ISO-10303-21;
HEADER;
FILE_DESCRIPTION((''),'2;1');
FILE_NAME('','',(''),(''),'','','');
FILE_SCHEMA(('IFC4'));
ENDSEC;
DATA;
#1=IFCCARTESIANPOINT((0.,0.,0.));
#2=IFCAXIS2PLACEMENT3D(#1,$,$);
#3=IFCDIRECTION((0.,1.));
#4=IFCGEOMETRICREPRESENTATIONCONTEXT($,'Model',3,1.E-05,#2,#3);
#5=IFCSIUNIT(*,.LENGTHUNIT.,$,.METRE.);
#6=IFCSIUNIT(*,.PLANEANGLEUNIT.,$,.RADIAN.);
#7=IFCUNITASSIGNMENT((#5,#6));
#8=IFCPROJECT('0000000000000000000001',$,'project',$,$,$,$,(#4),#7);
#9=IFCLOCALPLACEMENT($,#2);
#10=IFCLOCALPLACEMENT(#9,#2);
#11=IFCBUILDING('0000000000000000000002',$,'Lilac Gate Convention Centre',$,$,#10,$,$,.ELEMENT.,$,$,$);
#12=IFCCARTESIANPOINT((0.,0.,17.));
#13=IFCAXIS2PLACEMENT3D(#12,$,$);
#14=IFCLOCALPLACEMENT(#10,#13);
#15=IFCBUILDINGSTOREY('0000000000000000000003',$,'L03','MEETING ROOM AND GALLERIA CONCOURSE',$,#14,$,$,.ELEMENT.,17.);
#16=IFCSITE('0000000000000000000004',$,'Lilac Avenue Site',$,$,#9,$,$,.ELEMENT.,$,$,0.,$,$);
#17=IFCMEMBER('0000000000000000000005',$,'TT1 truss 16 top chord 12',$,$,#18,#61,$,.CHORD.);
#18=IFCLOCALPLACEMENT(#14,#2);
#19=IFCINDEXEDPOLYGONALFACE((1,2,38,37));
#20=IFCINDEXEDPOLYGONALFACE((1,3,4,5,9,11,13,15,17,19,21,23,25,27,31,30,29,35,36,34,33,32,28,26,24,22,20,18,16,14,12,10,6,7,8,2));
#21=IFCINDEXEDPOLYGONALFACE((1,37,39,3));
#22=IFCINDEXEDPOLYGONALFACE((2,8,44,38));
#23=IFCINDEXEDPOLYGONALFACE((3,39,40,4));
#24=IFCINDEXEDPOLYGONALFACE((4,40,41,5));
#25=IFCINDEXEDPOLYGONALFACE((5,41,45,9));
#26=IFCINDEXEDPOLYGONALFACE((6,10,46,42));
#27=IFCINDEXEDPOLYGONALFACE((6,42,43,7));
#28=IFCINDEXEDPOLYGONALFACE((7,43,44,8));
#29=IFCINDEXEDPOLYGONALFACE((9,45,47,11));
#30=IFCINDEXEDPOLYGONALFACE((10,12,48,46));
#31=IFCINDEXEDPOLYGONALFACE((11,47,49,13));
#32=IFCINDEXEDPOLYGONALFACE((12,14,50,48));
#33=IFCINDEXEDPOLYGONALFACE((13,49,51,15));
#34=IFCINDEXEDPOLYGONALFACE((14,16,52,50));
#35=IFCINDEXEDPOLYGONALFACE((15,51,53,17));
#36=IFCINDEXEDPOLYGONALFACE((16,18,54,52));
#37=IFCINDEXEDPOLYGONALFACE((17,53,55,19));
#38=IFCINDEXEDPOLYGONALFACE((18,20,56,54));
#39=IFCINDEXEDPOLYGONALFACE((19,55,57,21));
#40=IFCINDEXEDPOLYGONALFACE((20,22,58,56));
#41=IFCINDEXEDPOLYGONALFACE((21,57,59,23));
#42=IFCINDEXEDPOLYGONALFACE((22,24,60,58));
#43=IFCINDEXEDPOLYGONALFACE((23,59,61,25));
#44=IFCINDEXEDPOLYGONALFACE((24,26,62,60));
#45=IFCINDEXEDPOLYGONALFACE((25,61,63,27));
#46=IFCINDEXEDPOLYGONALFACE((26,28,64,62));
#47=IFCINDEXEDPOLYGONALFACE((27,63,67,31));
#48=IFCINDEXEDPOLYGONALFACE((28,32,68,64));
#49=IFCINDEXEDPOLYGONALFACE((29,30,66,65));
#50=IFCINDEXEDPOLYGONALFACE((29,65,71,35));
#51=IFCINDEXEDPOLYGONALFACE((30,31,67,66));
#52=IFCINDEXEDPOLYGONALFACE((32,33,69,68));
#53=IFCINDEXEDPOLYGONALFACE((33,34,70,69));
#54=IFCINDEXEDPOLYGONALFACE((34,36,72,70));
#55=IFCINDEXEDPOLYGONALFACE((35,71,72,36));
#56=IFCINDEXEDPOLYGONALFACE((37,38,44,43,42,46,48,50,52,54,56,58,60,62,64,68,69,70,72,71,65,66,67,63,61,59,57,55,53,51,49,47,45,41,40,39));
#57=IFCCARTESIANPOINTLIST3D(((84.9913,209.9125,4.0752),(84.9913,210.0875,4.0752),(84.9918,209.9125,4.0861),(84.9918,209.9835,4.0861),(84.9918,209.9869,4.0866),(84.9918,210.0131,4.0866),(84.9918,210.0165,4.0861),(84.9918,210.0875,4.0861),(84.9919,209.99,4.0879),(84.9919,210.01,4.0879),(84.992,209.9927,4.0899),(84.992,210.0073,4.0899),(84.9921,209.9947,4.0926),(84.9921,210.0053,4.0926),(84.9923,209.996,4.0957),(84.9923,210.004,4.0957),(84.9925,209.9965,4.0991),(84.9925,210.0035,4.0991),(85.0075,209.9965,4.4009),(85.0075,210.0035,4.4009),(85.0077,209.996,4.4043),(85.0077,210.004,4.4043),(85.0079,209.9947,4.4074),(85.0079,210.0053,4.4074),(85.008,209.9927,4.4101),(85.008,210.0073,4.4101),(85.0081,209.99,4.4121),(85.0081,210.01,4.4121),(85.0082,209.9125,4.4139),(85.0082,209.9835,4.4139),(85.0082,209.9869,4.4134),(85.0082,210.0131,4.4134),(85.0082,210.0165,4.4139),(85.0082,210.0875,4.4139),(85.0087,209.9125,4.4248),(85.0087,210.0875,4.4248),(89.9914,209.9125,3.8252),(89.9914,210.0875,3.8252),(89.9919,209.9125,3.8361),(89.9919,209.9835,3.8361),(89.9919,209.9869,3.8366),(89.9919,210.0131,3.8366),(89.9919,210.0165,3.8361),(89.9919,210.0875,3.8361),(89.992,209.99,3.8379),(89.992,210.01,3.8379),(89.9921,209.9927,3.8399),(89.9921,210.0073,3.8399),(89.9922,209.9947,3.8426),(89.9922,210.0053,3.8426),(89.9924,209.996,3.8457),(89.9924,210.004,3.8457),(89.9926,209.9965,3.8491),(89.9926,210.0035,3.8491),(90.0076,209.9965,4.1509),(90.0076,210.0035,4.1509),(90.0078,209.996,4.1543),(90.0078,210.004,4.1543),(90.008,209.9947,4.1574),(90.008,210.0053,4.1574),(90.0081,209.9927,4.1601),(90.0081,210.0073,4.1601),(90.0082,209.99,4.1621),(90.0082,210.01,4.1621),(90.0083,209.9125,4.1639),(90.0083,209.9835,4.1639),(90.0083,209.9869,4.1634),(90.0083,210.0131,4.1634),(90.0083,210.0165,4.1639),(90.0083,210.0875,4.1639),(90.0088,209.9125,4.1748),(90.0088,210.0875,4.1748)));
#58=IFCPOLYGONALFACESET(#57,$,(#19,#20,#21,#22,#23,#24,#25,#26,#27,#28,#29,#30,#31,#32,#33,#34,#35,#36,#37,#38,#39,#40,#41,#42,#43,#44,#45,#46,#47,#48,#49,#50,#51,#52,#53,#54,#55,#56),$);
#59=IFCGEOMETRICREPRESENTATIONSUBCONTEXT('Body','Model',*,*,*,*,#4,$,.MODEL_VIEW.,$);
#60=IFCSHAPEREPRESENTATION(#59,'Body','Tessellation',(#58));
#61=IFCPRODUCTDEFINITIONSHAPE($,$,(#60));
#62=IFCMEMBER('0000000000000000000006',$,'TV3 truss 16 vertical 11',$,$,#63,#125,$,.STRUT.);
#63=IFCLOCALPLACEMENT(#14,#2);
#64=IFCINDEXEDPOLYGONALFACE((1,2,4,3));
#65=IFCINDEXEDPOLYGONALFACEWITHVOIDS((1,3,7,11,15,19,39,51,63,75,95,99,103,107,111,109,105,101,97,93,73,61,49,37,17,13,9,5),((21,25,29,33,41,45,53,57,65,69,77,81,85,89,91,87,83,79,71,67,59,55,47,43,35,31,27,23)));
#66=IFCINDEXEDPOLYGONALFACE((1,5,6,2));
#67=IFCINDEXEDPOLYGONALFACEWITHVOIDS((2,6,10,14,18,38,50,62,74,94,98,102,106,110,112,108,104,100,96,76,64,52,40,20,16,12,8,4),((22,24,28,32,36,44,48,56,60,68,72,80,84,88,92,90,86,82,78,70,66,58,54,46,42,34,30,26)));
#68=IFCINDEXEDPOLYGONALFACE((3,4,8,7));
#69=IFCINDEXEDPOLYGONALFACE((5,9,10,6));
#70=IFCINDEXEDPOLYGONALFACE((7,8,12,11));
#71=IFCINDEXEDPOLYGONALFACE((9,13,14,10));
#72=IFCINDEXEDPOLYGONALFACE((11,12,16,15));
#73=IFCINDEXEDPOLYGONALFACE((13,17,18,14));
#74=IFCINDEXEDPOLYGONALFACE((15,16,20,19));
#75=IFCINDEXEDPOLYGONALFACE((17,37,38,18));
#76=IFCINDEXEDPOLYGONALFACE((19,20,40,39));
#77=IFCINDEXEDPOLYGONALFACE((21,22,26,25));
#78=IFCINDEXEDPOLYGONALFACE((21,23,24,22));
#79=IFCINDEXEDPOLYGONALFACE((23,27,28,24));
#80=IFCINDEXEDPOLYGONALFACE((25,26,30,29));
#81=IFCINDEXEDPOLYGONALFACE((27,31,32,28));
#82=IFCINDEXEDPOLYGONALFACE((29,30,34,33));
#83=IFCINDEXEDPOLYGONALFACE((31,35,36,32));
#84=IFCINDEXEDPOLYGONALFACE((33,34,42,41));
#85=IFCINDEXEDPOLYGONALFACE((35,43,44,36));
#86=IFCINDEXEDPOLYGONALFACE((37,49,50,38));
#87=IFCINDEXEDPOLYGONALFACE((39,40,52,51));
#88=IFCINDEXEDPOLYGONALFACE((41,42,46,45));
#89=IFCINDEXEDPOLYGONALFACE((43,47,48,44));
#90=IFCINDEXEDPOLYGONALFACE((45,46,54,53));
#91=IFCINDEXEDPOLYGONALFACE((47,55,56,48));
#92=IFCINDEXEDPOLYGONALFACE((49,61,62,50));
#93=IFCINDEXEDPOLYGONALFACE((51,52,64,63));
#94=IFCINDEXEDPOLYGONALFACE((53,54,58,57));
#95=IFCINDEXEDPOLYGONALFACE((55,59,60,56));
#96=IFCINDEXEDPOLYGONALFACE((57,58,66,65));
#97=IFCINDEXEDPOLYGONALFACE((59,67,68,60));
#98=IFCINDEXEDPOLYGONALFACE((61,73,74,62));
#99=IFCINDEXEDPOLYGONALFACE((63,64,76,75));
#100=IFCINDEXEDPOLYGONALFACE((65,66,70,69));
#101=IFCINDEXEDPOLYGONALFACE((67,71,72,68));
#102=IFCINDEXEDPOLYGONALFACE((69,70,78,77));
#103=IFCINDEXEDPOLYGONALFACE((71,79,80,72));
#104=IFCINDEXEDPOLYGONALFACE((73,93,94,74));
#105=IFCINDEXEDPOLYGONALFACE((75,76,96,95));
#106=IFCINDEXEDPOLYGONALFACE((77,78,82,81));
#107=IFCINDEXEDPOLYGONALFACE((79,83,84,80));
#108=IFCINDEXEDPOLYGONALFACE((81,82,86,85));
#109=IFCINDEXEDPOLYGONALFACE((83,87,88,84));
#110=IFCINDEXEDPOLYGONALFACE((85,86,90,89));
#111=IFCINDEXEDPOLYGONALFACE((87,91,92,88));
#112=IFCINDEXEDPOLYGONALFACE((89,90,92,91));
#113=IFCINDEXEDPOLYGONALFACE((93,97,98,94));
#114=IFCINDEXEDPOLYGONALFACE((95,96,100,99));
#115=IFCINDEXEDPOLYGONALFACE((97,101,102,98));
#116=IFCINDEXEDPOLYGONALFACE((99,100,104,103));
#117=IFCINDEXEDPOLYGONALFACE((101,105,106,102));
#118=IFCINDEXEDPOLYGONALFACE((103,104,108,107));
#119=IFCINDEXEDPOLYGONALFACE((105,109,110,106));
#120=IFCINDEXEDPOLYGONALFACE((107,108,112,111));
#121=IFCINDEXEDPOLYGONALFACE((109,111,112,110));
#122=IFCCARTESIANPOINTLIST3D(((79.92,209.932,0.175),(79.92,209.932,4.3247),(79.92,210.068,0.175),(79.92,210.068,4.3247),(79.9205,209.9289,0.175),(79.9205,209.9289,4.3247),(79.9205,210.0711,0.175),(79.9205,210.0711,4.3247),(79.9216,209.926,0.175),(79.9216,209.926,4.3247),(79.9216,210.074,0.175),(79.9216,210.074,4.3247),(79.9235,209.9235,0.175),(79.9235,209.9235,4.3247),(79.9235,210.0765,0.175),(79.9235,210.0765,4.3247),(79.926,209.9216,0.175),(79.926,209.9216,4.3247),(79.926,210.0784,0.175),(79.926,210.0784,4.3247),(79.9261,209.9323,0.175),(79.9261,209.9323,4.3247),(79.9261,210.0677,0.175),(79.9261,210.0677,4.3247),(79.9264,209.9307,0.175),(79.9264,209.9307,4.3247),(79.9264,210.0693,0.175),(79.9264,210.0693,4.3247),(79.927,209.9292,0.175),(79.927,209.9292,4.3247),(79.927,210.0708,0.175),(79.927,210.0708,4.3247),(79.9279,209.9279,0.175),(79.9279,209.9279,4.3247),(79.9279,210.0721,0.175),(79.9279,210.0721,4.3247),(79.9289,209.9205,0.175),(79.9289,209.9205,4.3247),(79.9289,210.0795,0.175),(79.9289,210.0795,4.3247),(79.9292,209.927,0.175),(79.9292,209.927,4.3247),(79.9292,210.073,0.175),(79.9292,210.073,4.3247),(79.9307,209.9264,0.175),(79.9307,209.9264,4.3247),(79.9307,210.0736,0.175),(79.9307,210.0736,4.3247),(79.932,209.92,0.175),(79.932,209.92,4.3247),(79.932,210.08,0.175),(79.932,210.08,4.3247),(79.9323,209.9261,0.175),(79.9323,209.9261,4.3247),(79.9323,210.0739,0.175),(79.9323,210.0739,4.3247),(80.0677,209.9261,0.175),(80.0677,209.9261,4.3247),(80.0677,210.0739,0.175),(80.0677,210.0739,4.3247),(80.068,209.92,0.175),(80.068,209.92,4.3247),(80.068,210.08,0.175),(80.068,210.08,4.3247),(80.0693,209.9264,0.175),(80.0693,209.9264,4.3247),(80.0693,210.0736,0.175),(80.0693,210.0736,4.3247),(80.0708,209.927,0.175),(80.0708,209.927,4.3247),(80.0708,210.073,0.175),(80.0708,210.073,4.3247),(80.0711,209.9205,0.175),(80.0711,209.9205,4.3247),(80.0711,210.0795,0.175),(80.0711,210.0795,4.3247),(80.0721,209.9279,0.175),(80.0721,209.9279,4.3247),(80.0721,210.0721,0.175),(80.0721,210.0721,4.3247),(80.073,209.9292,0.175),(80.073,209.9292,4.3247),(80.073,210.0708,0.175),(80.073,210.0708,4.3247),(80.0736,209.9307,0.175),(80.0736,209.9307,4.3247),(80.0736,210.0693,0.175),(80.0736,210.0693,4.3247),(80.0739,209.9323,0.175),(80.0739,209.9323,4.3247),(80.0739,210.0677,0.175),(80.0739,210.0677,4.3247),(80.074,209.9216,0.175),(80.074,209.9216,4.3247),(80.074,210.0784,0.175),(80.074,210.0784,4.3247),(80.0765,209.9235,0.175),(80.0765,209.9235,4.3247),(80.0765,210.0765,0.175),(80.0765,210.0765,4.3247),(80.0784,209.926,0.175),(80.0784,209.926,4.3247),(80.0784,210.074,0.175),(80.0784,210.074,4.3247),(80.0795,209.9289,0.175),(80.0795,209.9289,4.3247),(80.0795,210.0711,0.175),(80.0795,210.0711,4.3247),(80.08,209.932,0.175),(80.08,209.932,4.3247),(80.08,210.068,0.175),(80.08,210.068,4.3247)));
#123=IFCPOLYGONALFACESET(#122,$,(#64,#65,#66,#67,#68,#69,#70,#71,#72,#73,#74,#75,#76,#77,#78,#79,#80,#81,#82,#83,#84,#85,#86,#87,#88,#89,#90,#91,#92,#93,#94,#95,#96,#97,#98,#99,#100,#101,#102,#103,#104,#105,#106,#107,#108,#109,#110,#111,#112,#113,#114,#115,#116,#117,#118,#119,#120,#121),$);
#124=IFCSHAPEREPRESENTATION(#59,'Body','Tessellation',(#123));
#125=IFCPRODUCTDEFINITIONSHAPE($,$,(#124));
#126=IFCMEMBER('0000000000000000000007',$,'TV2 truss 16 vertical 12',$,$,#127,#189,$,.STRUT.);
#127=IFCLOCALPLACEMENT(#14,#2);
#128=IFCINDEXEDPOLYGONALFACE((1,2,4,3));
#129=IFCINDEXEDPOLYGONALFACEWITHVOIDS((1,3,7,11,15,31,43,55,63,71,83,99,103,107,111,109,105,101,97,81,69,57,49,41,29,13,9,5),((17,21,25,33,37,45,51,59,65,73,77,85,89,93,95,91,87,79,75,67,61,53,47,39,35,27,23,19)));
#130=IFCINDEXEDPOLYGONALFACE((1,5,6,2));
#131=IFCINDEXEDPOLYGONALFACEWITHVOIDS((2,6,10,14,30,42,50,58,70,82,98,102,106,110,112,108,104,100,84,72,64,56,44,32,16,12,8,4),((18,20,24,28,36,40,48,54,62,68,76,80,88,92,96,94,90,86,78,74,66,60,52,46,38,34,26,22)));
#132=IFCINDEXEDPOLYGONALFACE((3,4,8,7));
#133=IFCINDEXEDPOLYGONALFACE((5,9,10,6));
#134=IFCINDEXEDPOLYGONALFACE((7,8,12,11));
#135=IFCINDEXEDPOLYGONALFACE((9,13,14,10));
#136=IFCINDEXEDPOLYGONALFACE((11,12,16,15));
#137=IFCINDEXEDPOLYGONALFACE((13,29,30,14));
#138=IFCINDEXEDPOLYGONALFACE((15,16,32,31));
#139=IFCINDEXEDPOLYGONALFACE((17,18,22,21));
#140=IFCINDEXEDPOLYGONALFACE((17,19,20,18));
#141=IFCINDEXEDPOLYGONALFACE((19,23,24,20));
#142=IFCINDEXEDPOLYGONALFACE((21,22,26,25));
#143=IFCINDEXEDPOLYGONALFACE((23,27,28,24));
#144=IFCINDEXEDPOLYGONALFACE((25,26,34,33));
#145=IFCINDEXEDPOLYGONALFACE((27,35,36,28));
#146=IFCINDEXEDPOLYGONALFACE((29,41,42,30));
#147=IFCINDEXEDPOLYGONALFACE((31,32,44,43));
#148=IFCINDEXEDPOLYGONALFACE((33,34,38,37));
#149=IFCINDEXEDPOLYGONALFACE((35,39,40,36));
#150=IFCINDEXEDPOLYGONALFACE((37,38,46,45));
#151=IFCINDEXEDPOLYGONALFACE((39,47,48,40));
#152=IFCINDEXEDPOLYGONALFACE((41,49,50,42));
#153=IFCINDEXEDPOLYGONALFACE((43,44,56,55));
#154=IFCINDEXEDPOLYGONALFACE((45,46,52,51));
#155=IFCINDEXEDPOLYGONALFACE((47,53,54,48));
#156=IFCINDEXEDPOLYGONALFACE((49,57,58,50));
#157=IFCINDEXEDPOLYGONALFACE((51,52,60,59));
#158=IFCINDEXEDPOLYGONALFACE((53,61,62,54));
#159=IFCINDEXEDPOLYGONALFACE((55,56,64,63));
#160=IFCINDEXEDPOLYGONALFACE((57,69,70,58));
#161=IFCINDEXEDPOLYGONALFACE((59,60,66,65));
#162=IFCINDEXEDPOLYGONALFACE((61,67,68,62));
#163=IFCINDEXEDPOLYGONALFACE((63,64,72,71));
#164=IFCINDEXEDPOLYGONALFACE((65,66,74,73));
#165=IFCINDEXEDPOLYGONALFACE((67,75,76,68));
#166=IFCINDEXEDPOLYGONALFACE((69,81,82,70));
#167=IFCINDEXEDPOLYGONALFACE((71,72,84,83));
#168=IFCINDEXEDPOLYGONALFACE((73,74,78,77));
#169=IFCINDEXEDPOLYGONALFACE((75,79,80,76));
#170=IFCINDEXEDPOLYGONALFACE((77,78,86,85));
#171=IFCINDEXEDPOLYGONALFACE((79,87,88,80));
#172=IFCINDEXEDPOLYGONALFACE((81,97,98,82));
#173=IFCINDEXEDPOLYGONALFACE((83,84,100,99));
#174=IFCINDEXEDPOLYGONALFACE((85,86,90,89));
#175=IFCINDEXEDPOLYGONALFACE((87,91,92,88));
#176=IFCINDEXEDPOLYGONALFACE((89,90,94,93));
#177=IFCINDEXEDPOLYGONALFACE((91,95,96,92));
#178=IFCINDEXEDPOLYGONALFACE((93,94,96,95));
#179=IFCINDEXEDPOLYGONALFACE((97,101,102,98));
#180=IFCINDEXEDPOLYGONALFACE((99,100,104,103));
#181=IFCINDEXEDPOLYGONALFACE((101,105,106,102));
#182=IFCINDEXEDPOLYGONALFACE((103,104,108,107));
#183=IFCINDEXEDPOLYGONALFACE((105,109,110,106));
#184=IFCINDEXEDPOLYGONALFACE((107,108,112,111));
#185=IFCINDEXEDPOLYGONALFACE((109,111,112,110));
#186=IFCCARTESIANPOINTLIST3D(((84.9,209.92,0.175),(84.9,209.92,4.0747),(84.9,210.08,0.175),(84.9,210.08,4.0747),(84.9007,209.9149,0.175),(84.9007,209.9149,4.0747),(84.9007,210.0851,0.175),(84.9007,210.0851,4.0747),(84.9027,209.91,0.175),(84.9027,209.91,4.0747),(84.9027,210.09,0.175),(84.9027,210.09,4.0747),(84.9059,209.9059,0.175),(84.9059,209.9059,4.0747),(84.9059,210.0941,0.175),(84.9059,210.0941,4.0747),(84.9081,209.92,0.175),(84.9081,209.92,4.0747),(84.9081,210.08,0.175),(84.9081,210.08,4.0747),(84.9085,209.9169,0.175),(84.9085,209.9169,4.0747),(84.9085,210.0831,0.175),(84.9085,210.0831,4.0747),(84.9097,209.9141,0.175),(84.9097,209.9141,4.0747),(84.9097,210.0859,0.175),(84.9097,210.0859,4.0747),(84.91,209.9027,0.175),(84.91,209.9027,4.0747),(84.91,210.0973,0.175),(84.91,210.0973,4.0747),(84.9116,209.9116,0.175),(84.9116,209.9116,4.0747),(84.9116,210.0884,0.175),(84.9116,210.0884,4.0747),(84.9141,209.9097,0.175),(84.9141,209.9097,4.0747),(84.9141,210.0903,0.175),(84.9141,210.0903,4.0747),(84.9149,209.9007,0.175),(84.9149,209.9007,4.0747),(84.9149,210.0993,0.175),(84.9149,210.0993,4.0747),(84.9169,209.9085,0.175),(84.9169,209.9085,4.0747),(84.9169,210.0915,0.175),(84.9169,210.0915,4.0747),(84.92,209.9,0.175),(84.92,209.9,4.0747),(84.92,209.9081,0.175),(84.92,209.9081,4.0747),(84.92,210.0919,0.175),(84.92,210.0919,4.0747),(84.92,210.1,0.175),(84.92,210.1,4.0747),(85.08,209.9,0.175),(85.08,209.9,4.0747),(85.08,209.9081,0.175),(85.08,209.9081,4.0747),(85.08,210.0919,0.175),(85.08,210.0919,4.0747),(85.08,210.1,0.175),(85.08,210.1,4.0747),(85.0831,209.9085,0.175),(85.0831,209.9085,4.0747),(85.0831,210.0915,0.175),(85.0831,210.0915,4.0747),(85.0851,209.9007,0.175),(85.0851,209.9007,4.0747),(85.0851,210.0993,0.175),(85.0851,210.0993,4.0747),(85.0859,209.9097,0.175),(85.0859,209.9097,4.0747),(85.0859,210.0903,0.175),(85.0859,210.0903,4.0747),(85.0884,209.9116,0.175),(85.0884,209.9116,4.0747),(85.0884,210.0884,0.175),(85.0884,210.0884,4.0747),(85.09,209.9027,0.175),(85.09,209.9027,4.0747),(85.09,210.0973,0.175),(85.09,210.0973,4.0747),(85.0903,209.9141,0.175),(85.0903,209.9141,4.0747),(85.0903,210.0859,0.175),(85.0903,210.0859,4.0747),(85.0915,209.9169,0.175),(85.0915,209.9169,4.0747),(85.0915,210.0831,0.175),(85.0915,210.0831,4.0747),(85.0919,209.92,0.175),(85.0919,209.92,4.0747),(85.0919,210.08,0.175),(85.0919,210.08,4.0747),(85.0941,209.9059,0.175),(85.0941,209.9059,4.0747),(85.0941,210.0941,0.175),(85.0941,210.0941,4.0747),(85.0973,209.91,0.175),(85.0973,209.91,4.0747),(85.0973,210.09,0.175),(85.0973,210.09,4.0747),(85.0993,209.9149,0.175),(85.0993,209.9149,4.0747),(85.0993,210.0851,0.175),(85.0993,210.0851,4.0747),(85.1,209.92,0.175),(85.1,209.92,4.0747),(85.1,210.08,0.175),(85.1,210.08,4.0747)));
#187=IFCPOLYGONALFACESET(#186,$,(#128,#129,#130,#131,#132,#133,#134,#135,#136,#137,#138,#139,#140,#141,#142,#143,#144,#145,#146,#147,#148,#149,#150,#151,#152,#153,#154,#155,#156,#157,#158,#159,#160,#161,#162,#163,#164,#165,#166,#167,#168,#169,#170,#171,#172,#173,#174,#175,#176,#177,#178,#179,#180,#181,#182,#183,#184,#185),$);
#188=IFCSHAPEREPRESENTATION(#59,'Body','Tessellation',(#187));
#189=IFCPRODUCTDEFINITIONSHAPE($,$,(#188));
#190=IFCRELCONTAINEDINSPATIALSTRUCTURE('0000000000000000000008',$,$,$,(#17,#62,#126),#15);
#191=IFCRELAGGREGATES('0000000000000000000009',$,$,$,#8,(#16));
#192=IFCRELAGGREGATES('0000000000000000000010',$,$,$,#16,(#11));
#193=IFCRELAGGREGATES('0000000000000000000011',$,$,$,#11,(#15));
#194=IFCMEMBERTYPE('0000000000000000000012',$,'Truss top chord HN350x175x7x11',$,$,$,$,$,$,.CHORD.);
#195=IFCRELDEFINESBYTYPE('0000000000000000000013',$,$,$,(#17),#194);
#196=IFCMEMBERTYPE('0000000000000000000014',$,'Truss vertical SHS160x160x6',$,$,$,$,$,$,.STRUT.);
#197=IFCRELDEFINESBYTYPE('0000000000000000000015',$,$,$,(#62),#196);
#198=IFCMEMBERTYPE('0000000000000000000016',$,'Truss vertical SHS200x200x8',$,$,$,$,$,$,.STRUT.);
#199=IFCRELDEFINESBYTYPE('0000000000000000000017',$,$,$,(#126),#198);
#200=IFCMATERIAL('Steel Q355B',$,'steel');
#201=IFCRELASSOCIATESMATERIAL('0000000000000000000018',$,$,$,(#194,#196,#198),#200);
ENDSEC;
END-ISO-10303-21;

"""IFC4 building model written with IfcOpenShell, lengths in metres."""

from ifc_helpers import new_model, si_unit, direction, frame, origin, origin_2d, place, context, subcontext, project, spatial, hollow_rectangle, i_section, extrude, material, material_profile, profile_set, type_object, element, save


model = new_model("IFC4")

# Units and contexts
model_context = context("Model", 3, precision=1e-05, world=origin(), true_north=direction((0.0, 1.0)))
body_context = subcontext(model_context, "Body", "Model", "MODEL_VIEW")
ifc_project = project(units=[si_unit("LENGTHUNIT", "METRE"), si_unit("PLANEANGLEUNIT", "RADIAN")], contexts=[model_context])

# Site, building, storey
site_placement = place(None, origin())
site = spatial("IfcSite", under=ifc_project, at=site_placement, Name="Lilac Avenue Site", CompositionType="ELEMENT", RefElevation=0.0)
building_placement = place(site_placement, origin())
building = spatial("IfcBuilding", under=site, at=building_placement, Name="Lilac Gate Convention Centre", CompositionType="ELEMENT")
storey_placement = place(building_placement, frame((0.0, 0.0, 17.0)))
storey = spatial("IfcBuildingStorey", under=building, at=storey_placement, Name="L03", Description="MEETING ROOM AND GALLERIA CONCOURSE", CompositionType="ELEMENT", Elevation=17.0)

# Members
ifc_material_1 = material(Name="Steel Q355B", Category="steel")
ifc_material_profile_1 = material_profile(ifc_material_1, i_section(OverallWidth=0.175, OverallDepth=0.3501, WebThickness=0.0071, FlangeThickness=0.011, FilletRadius=0.0129, at=origin_2d()), Name="HN350x175x7x11")
ifc_profile_set_1 = profile_set([ifc_material_profile_1], Name="Steel Q355B")
member_type_1 = type_object("IfcMemberType", Name="Truss top chord HN350x175x7x11", PredefinedType="CHORD", material=ifc_profile_set_1)
for number, where, z_axis, x_axis, name in (
    (1, (85.0, 210.0, 4.25), (0.998752, 0.0, -0.049938), (0.0, 1.0, 0.0), "TT1 truss 16 top chord 12"),
):
    element("IfcMember", number, at=place(storey_placement, frame(where, z_axis=z_axis, x_axis=x_axis)), inside=storey, type_object=member_type_1, Name=name, PredefinedType="CHORD", context=body_context, shape_type="SweptSolid", body=[
        extrude(i_section(OverallWidth=0.175, OverallDepth=0.3501, WebThickness=0.0071, FlangeThickness=0.011, FilletRadius=0.0129, at=origin_2d()), origin(), (0.0, 0.0, 1.0), 5.0063),
    ])
ifc_material_profile_2 = material_profile(ifc_material_1, hollow_rectangle(XDim=0.1599, YDim=0.1599, WallThickness=0.0061, InnerFilletRadius=0.0061, OuterFilletRadius=0.012, at=origin_2d()), Name="SHS160x160x6")
ifc_profile_set_2 = profile_set([ifc_material_profile_2], Name="Steel Q355B")
member_type_2 = type_object("IfcMemberType", Name="Truss vertical SHS160x160x6", PredefinedType="STRUT", material=ifc_profile_set_2)
member_1_placement = place(storey_placement, frame((80.0, 210.0, 0.175), z_axis=(0.0, 0.0, 1.0), x_axis=(1.0, 0.0, 0.0)))
element("IfcMember", 2, at=member_1_placement, inside=storey, type_object=member_type_2, Name="TV3 truss 16 vertical 11", PredefinedType="STRUT", context=body_context, shape_type="SweptSolid", body=[
    extrude(hollow_rectangle(XDim=0.1599, YDim=0.1599, WallThickness=0.0061, InnerFilletRadius=0.0061, OuterFilletRadius=0.012, at=origin_2d()), origin(), (0.0, 0.0, 1.0), 4.1497),
])
ifc_material_profile_3 = material_profile(ifc_material_1, hollow_rectangle(XDim=0.2, YDim=0.2, WallThickness=0.0081, InnerFilletRadius=0.012, OuterFilletRadius=0.02, at=origin_2d()), Name="SHS200x200x8")
ifc_profile_set_3 = profile_set([ifc_material_profile_3], Name="Steel Q355B")
member_type_3 = type_object("IfcMemberType", Name="Truss vertical SHS200x200x8", PredefinedType="STRUT", material=ifc_profile_set_3)
member_2_placement = place(storey_placement, frame((85.0, 210.0, 0.175), z_axis=(0.0, 0.0, 1.0), x_axis=(1.0, 0.0, 0.0)))
element("IfcMember", 3, at=member_2_placement, inside=storey, type_object=member_type_3, Name="TV2 truss 16 vertical 12", PredefinedType="STRUT", context=body_context, shape_type="SweptSolid", body=[
    extrude(hollow_rectangle(XDim=0.2, YDim=0.2, WallThickness=0.0081, InnerFilletRadius=0.012, OuterFilletRadius=0.02, at=origin_2d()), origin(), (0.0, 0.0, 1.0), 3.8997),
])

save(model, "model.ifc")
